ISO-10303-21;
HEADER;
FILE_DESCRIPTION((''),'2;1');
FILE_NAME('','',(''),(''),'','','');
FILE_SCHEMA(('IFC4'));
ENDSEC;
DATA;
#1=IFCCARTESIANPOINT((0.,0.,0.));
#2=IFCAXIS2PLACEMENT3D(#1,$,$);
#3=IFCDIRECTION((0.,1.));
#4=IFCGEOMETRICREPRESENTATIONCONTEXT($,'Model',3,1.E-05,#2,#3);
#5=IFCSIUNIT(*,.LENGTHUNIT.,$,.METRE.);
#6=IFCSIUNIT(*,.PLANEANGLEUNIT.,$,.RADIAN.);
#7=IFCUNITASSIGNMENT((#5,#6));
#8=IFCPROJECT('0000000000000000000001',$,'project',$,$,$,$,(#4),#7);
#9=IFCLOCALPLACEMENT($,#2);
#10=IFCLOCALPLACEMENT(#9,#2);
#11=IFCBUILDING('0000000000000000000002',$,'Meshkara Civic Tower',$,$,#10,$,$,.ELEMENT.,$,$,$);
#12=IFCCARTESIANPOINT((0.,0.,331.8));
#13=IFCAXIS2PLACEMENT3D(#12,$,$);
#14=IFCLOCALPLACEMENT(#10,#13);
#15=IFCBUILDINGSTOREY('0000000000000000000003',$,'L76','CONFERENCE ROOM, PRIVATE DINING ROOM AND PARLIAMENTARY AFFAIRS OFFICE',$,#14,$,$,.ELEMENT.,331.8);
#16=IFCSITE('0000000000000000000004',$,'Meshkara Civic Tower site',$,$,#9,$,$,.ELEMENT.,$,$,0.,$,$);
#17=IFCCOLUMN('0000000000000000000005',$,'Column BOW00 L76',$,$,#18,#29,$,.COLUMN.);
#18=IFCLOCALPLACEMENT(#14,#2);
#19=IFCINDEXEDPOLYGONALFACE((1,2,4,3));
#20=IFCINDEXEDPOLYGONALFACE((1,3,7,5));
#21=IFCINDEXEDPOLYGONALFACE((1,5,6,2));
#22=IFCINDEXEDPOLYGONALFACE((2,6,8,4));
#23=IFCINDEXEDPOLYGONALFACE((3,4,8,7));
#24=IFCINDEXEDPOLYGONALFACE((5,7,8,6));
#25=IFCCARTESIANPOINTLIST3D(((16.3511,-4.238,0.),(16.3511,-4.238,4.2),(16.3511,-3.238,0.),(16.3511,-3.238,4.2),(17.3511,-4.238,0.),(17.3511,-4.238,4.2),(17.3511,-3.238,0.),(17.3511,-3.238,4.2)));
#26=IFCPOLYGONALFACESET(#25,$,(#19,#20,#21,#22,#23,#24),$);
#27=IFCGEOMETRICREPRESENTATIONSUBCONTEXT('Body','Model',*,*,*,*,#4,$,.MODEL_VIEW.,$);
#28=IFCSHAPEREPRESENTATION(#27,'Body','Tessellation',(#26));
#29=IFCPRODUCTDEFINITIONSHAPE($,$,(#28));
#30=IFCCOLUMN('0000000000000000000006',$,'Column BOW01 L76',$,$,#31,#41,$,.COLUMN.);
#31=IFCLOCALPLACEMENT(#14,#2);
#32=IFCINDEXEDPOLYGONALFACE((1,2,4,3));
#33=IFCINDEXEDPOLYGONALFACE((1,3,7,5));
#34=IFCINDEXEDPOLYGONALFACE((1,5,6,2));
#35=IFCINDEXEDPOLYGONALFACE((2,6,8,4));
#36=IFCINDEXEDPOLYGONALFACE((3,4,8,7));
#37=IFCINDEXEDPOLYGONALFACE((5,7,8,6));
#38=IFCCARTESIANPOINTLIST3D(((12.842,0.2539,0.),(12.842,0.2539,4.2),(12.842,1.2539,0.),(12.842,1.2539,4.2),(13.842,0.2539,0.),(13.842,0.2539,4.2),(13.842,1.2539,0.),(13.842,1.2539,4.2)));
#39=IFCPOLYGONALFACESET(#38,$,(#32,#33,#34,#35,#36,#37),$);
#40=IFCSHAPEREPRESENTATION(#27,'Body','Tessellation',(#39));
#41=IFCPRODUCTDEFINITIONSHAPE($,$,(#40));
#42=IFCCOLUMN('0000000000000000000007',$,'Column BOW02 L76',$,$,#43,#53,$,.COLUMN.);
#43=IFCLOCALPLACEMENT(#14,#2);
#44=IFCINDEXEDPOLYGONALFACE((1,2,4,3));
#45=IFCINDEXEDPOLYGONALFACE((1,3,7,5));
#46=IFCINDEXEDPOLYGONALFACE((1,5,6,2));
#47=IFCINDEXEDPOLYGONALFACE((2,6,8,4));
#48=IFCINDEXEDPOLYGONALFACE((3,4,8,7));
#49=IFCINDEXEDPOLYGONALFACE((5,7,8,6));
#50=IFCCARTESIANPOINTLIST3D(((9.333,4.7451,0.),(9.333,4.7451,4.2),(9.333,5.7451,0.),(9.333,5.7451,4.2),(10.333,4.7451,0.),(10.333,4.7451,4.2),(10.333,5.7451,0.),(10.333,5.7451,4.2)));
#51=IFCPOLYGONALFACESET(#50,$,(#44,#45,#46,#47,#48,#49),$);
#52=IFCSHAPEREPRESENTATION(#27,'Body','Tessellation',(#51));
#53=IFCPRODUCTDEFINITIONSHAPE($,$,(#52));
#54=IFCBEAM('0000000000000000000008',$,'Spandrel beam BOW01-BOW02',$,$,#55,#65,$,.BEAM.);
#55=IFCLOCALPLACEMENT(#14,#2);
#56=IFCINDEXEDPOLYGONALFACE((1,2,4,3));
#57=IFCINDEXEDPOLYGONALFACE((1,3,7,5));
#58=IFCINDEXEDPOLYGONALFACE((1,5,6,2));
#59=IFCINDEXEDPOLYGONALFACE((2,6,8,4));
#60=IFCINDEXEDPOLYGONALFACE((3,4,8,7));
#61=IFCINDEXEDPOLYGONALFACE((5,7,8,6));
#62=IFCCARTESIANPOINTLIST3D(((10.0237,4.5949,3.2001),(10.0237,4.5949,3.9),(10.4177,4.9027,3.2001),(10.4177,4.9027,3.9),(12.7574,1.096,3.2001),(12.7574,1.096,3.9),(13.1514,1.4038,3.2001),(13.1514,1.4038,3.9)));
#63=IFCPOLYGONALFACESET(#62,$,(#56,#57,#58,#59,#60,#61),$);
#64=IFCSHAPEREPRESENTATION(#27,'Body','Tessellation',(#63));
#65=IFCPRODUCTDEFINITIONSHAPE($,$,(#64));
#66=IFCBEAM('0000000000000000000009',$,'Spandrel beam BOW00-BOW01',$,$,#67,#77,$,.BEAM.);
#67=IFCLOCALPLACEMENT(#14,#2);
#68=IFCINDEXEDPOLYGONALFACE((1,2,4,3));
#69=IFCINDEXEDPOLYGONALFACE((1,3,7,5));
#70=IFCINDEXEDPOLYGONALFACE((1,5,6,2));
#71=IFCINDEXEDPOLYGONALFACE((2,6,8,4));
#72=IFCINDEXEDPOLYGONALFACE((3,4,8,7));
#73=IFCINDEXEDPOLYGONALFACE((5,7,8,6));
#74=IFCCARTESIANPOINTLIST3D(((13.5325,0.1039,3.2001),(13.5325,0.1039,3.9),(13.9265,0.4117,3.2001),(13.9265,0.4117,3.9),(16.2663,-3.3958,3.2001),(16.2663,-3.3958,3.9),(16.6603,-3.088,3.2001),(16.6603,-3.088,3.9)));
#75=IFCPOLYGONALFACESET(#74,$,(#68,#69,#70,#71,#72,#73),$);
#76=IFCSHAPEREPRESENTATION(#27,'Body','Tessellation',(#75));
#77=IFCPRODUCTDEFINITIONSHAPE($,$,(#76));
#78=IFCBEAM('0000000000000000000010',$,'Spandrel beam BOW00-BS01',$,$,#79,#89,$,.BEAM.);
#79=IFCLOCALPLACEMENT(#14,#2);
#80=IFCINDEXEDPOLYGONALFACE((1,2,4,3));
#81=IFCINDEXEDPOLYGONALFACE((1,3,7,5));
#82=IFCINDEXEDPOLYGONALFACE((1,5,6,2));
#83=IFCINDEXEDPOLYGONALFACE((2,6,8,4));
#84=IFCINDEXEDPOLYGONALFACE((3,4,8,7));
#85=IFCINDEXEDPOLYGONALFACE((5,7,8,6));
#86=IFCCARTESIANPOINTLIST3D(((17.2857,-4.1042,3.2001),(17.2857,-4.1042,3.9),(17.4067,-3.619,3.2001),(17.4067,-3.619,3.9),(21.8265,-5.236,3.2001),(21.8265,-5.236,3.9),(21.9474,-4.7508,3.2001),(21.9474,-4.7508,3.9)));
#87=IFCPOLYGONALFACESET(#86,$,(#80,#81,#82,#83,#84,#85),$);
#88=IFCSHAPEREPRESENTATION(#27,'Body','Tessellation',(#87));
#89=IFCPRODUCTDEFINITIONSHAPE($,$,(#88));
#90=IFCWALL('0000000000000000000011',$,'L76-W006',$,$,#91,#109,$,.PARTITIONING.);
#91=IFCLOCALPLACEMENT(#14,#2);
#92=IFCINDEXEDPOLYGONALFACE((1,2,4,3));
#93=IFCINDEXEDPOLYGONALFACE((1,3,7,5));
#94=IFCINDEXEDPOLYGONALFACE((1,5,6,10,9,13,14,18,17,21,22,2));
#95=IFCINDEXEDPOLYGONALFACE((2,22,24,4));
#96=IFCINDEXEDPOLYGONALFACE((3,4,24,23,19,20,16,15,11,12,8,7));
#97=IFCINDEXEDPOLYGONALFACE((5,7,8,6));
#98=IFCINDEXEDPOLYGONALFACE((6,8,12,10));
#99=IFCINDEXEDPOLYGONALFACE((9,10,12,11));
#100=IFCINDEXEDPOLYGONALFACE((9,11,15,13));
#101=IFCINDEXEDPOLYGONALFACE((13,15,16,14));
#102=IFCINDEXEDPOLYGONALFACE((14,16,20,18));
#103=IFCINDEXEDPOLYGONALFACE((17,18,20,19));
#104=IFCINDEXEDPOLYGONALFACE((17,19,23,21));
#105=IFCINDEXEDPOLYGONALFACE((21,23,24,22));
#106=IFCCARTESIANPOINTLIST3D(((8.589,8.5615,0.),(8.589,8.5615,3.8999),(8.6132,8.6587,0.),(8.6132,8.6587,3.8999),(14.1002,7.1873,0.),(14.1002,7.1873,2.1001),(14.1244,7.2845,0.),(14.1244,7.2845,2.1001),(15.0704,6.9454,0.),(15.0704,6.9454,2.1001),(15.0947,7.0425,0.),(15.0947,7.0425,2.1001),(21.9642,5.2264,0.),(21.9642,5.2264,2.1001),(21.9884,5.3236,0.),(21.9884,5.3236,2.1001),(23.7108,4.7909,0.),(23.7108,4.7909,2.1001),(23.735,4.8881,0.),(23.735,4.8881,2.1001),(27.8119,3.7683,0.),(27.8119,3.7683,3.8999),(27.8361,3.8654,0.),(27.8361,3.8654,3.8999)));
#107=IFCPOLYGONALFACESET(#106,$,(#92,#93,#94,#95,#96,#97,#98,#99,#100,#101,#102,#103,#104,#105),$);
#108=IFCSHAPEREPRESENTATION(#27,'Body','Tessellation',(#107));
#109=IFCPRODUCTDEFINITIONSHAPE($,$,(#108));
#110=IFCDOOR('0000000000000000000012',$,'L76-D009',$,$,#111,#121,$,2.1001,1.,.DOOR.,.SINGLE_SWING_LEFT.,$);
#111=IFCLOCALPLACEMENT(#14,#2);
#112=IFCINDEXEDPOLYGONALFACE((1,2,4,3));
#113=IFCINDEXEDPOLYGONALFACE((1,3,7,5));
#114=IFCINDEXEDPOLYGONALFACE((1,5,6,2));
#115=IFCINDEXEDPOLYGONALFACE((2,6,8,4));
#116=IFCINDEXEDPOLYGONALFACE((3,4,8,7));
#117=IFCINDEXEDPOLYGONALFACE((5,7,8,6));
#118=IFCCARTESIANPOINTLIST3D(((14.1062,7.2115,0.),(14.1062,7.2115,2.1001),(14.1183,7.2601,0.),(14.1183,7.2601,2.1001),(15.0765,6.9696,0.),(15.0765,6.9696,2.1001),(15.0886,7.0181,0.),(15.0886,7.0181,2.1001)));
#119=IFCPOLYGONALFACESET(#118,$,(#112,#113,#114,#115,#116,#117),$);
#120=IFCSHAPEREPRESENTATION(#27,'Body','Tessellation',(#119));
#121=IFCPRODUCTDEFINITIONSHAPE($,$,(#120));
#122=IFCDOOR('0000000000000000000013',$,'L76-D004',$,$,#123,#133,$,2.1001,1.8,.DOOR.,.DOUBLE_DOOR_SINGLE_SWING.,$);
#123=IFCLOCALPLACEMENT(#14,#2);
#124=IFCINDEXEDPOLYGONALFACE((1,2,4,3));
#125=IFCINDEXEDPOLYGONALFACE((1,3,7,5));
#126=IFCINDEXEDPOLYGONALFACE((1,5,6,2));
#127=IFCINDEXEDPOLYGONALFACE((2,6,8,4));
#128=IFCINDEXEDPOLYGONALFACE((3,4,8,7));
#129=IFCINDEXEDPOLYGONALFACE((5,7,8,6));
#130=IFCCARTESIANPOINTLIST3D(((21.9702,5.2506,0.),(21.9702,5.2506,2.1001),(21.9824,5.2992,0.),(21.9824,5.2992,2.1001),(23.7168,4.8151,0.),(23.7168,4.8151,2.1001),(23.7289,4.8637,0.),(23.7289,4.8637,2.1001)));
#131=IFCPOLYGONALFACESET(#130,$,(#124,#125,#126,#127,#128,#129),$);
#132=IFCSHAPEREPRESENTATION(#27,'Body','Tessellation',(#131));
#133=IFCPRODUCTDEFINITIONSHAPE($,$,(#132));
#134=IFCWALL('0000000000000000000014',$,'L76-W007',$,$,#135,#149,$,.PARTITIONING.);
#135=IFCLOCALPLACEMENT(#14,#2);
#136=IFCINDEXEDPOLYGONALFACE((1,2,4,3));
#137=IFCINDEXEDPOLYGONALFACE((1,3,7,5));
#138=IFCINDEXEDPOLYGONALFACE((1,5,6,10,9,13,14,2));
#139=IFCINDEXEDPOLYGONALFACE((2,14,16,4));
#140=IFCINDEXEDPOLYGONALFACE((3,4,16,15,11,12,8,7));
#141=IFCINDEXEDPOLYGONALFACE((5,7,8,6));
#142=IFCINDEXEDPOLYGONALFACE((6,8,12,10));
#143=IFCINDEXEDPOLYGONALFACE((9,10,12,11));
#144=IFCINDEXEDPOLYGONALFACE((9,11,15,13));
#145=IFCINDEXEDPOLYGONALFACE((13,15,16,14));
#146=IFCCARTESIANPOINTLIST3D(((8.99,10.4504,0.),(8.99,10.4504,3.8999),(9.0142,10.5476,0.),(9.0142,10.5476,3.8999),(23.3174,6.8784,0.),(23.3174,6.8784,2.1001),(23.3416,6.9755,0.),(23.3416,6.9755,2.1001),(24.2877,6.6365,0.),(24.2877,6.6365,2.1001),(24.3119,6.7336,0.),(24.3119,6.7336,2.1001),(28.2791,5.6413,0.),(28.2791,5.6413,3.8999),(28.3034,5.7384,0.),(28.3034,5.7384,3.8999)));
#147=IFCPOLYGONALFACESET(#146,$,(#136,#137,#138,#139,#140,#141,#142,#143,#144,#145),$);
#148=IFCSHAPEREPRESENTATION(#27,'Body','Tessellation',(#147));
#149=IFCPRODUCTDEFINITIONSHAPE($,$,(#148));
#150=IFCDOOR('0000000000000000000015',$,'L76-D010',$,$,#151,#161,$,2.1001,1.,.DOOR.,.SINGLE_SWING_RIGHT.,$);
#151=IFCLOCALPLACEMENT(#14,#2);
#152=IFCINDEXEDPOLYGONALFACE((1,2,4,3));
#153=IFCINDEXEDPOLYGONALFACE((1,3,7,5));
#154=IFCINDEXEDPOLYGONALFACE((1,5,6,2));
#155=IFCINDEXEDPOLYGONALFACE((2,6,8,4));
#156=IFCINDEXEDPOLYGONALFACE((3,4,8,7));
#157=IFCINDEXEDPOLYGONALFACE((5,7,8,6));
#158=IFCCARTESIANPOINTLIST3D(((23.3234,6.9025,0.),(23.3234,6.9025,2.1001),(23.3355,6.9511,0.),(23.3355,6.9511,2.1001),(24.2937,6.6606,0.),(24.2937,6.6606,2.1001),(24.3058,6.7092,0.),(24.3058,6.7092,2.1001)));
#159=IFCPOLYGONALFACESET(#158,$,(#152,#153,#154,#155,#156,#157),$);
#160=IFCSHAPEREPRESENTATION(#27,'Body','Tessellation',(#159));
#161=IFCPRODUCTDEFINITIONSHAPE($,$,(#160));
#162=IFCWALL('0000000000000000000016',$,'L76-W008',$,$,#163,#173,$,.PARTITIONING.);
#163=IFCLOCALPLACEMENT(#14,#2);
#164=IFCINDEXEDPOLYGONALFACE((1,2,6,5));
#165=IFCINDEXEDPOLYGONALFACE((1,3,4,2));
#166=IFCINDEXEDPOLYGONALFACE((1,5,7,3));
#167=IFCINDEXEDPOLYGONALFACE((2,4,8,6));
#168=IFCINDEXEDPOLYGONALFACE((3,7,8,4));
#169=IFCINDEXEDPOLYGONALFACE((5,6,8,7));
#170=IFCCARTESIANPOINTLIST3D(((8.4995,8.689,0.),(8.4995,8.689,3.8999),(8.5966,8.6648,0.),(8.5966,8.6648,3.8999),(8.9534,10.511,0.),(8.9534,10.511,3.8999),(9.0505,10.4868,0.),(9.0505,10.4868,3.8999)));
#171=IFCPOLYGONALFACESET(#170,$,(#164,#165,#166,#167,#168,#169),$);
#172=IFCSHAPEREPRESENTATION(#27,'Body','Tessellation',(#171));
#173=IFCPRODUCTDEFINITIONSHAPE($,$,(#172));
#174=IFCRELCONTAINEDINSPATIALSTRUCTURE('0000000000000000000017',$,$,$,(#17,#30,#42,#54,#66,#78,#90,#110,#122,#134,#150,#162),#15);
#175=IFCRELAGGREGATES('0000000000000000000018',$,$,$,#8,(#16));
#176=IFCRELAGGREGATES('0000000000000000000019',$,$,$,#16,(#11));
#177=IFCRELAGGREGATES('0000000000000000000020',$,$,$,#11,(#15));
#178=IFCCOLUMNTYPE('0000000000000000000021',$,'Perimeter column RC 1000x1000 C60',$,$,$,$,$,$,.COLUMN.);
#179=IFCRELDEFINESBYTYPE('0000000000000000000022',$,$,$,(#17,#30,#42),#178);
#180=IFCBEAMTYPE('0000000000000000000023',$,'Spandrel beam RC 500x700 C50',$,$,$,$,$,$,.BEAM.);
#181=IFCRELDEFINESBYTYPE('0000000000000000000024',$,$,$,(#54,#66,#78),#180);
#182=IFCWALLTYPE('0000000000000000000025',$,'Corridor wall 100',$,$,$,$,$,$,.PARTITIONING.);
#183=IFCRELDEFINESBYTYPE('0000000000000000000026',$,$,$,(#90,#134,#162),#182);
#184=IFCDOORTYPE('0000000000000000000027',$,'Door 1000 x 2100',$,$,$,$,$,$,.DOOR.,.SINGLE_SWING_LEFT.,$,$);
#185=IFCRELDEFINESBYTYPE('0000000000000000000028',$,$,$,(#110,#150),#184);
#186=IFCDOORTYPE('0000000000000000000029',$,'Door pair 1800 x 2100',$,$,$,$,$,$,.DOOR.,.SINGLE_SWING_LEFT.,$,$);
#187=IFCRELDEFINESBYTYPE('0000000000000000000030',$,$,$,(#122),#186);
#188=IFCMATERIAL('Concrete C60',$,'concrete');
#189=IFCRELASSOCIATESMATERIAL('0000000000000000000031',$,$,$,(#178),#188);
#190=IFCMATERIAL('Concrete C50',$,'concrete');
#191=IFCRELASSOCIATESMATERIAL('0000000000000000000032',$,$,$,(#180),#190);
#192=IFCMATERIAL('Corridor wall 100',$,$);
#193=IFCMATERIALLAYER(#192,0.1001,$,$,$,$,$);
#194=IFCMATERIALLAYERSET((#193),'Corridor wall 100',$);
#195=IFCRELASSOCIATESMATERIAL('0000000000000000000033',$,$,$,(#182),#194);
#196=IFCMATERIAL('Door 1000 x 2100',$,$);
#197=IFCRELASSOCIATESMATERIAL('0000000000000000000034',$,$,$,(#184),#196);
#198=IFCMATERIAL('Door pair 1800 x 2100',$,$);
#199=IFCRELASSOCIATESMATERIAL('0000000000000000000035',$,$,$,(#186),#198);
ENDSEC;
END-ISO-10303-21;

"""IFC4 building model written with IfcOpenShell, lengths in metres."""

from ifc_helpers import new_model, si_unit, direction, frame, frame_2d, origin, origin_2d, place, context, subcontext, project, spatial, rectangle, extrude, material, layer, layer_set, material_profile, profile_set, type_object, element, fill, save


model = new_model("IFC4")

# Units and contexts
model_context = context("Model", 3, precision=1e-05, world=origin(), true_north=direction((0.0, 1.0)))
body_context = subcontext(model_context, "Body", "Model", "MODEL_VIEW")
ifc_project = project(units=[si_unit("LENGTHUNIT", "METRE"), si_unit("PLANEANGLEUNIT", "RADIAN")], contexts=[model_context])

# Site, building, storey
site_placement = place(None, origin())
site = spatial("IfcSite", under=ifc_project, at=site_placement, Name="Meshkara Civic Tower site", CompositionType="ELEMENT", RefElevation=0.0)
building_placement = place(site_placement, origin())
building = spatial("IfcBuilding", under=site, at=building_placement, Name="Meshkara Civic Tower", CompositionType="ELEMENT")
storey_placement = place(building_placement, frame((0.0, 0.0, 331.8)))
storey = spatial("IfcBuildingStorey", under=building, at=storey_placement, Name="L76", Description="CONFERENCE ROOM, PRIVATE DINING ROOM AND PARLIAMENTARY AFFAIRS OFFICE", CompositionType="ELEMENT", Elevation=331.8)

# Columns
ifc_material_1 = material(Name="Concrete C60", Category="concrete")
ifc_material_profile_1 = material_profile(ifc_material_1, rectangle(XDim=1.0, YDim=1.0, at=origin_2d()))
ifc_profile_set_1 = profile_set([ifc_material_profile_1], Name="Concrete C60")
column_type = type_object("IfcColumnType", Name="Perimeter column RC 1000x1000 C60", PredefinedType="COLUMN", material=ifc_profile_set_1)
for number, where, z_axis, x_axis, name in (
    (1, (16.8511, -3.738, 0.0), (0.0, 0.0, 1.0), (1.0, 0.0, 0.0), "Column BOW00 L76"),
    (2, (13.342, 0.7539, 0.0), (0.0, 0.0, 1.0), (1.0, 0.0, 0.0), "Column BOW01 L76"),
    (3, (9.833, 5.2451, 0.0), (0.0, 0.0, 1.0), (1.0, 0.0, 0.0), "Column BOW02 L76"),
):
    element("IfcColumn", number, at=place(storey_placement, frame(where, z_axis=z_axis, x_axis=x_axis)), inside=storey, type_object=column_type, Name=name, PredefinedType="COLUMN", context=body_context, shape_type="SweptSolid", body=[
        extrude(rectangle(XDim=1.0, YDim=1.0, at=origin_2d()), origin(), (0.0, 0.0, 1.0), 4.2),
    ])

# Beams
ifc_material_2 = material(Name="Concrete C50", Category="concrete")
ifc_material_profile_2 = material_profile(ifc_material_2, rectangle(XDim=0.5, YDim=0.7, at=origin_2d()))
ifc_profile_set_2 = profile_set([ifc_material_profile_2], Name="Concrete C50")
beam_type = type_object("IfcBeamType", Name="Spandrel beam RC 500x700 C50", PredefinedType="BEAM", material=ifc_profile_set_2)
beam_1_placement = place(storey_placement, frame((10.2207, 4.7488, 3.55), z_axis=(0.615675, -0.788, 0.0), x_axis=(0.788, 0.615675, 0.0)))
element("IfcBeam", 4, at=beam_1_placement, inside=storey, type_object=beam_type, Name="Spandrel beam BOW01-BOW02", PredefinedType="BEAM", context=body_context, shape_type="SweptSolid", body=[
    extrude(rectangle(XDim=0.5, YDim=0.7, at=origin_2d()), origin(), (0.0, 0.0, 1.0), 4.4402),
])
beam_2_placement = place(storey_placement, frame((13.7295, 0.2578, 3.55), z_axis=(0.615602, -0.788057, 0.0), x_axis=(0.788057, 0.615602, 0.0)))
element("IfcBeam", 5, at=beam_2_placement, inside=storey, type_object=beam_type, Name="Spandrel beam BOW00-BOW01", PredefinedType="BEAM", context=body_context, shape_type="SweptSolid", body=[
    extrude(rectangle(XDim=0.5, YDim=0.7, at=origin_2d()), origin(), (0.0, 0.0, 1.0), 4.4409),
])
beam_3_placement = place(storey_placement, frame((17.3462, -3.8616, 3.55), z_axis=(0.970311, -0.24186, 0.0), x_axis=(0.24186, 0.970311, 0.0)))
element("IfcBeam", 6, at=beam_3_placement, inside=storey, type_object=beam_type, Name="Spandrel beam BOW00-BS01", PredefinedType="BEAM", context=body_context, shape_type="SweptSolid", body=[
    extrude(rectangle(XDim=0.5, YDim=0.7, at=origin_2d()), origin(), (0.0, 0.0, 1.0), 4.6797),
])

# Wall, openings, doors
ifc_material_3 = material(Name="Corridor wall 100")
ifc_layer_1 = layer(ifc_material_3, 0.1001)
ifc_layer_set_1 = layer_set([ifc_layer_1], Name="Corridor wall 100")
wall_type_1 = type_object("IfcWallType", Name="Corridor wall 100", PredefinedType="PARTITIONING", material=ifc_layer_set_1)
wall_1_placement = place(storey_placement, frame((8.6011, 8.6101, 0.0), z_axis=(0.0, 0.0, 1.0), x_axis=(0.970291, -0.241941, 0.0)))
wall_1 = element("IfcWall", 7, at=wall_1_placement, inside=storey, type_object=wall_type_1, Name="L76-W006", PredefinedType="PARTITIONING", context=body_context, shape_type="SweptSolid", body=[
    extrude(rectangle(XDim=19.8115, YDim=0.1001, at=frame_2d((9.9058, 0.0))), origin(), (0.0, 0.0, 1.0), 3.8999),
])
opening_1_placement = place(wall_1_placement, frame((13.7849, 0.0, 0.0)))
opening_1 = element("IfcOpeningElement", 8, at=opening_1_placement, cuts=wall_1, PredefinedType="OPENING", context=body_context, shape_type="SweptSolid", body=[
    extrude(rectangle(XDim=1.8, YDim=2.1001, at=frame_2d((0.8999, 1.05))), frame((0.0, 0.0601, 0.0), z_axis=(0.0, -1.0, 0.0), x_axis=(1.0, 0.0, 0.0)), (0.0, 0.0, 1.0), 0.1201),
])
opening_2_placement = place(wall_1_placement, frame((5.6799, 0.0, 0.0)))
opening_2 = element("IfcOpeningElement", 9, at=opening_2_placement, cuts=wall_1, PredefinedType="OPENING", context=body_context, shape_type="SweptSolid", body=[
    extrude(rectangle(XDim=1.0, YDim=2.1001, at=frame_2d((0.5, 1.05))), frame((0.0, 0.0601, 0.0), z_axis=(0.0, -1.0, 0.0), x_axis=(1.0, 0.0, 0.0)), (0.0, 0.0, 1.0), 0.1201),
])
ifc_material_4 = material(Name="Door 1000 x 2100")
door_type_1 = type_object("IfcDoorType", Name="Door 1000 x 2100", OperationType="SINGLE_SWING_LEFT", PredefinedType="DOOR", material=ifc_material_4)
door_1_placement = place(opening_2_placement, origin())
door_1 = element("IfcDoor", 10, at=door_1_placement, inside=storey, type_object=door_type_1, Name="L76-D009", OperationType="SINGLE_SWING_LEFT", OverallHeight=2.1001, OverallWidth=1.0, PredefinedType="DOOR", context=body_context, shape_type="SweptSolid", body=[
    extrude(rectangle(XDim=1.0, YDim=2.1001, at=frame_2d((0.5, 1.05))), frame((0.0, 0.0249, 0.0), z_axis=(0.0, -1.0, 0.0), x_axis=(1.0, 0.0, 0.0)), (0.0, 0.0, 1.0), 0.05),
])
fill(opening_2, door_1)
ifc_material_5 = material(Name="Door pair 1800 x 2100")
door_type_2 = type_object("IfcDoorType", Name="Door pair 1800 x 2100", OperationType="SINGLE_SWING_LEFT", PredefinedType="DOOR", material=ifc_material_5)
door_2_placement = place(opening_1_placement, origin())
door_2 = element("IfcDoor", 11, at=door_2_placement, inside=storey, type_object=door_type_2, Name="L76-D004", OperationType="DOUBLE_DOOR_SINGLE_SWING", OverallHeight=2.1001, OverallWidth=1.8, PredefinedType="DOOR", context=body_context, shape_type="SweptSolid", body=[
    extrude(rectangle(XDim=1.8, YDim=2.1001, at=frame_2d((0.8999, 1.05))), frame((0.0, 0.0249, 0.0), z_axis=(0.0, -1.0, 0.0), x_axis=(1.0, 0.0, 0.0)), (0.0, 0.0, 1.0), 0.05),
])
fill(opening_1, door_2)

# Wall, opening, door
wall_2_placement = place(storey_placement, frame((9.002, 10.499, 0.0), z_axis=(0.0, 0.0, 1.0), x_axis=(0.970298, -0.241911, 0.0)))
wall_2 = element("IfcWall", 12, at=wall_2_placement, inside=storey, type_object=wall_type_1, Name="L76-W007", PredefinedType="PARTITIONING", context=body_context, shape_type="SweptSolid", body=[
    extrude(rectangle(XDim=19.8796, YDim=0.1001, at=frame_2d((9.9399, 0.0))), origin(), (0.0, 0.0, 1.0), 3.8999),
])
opening_3_placement = place(wall_2_placement, frame((14.7661, 0.0, 0.0)))
opening_3 = element("IfcOpeningElement", 13, at=opening_3_placement, cuts=wall_2, PredefinedType="OPENING", context=body_context, shape_type="SweptSolid", body=[
    extrude(rectangle(XDim=1.0, YDim=2.1001, at=frame_2d((0.5, 1.05))), frame((0.0, 0.0601, 0.0), z_axis=(0.0, -1.0, 0.0), x_axis=(1.0, 0.0, 0.0)), (0.0, 0.0, 1.0), 0.1201),
])
door_3_placement = place(opening_3_placement, origin())
door_3 = element("IfcDoor", 14, at=door_3_placement, inside=storey, type_object=door_type_1, Name="L76-D010", OperationType="SINGLE_SWING_RIGHT", OverallHeight=2.1001, OverallWidth=1.0, PredefinedType="DOOR", context=body_context, shape_type="SweptSolid", body=[
    extrude(rectangle(XDim=1.0, YDim=2.1001, at=frame_2d((0.5, 1.05))), frame((0.0, 0.0249, 0.0), z_axis=(0.0, -1.0, 0.0), x_axis=(1.0, 0.0, 0.0)), (0.0, 0.0, 1.0), 0.05),
])
fill(opening_3, door_3)

# Wall
wall_3_placement = place(storey_placement, frame((9.002, 10.499, 0.0), z_axis=(0.0, 0.0, 1.0), x_axis=(-0.24171, -0.970349, 0.0)))
element("IfcWall", 15, at=wall_3_placement, inside=storey, type_object=wall_type_1, Name="L76-W008", PredefinedType="PARTITIONING", context=body_context, shape_type="SweptSolid", body=[
    extrude(rectangle(XDim=1.8777, YDim=0.1001, at=frame_2d((0.939, 0.0))), origin(), (0.0, 0.0, 1.0), 3.8999),
])

save(model, "model.ifc")
